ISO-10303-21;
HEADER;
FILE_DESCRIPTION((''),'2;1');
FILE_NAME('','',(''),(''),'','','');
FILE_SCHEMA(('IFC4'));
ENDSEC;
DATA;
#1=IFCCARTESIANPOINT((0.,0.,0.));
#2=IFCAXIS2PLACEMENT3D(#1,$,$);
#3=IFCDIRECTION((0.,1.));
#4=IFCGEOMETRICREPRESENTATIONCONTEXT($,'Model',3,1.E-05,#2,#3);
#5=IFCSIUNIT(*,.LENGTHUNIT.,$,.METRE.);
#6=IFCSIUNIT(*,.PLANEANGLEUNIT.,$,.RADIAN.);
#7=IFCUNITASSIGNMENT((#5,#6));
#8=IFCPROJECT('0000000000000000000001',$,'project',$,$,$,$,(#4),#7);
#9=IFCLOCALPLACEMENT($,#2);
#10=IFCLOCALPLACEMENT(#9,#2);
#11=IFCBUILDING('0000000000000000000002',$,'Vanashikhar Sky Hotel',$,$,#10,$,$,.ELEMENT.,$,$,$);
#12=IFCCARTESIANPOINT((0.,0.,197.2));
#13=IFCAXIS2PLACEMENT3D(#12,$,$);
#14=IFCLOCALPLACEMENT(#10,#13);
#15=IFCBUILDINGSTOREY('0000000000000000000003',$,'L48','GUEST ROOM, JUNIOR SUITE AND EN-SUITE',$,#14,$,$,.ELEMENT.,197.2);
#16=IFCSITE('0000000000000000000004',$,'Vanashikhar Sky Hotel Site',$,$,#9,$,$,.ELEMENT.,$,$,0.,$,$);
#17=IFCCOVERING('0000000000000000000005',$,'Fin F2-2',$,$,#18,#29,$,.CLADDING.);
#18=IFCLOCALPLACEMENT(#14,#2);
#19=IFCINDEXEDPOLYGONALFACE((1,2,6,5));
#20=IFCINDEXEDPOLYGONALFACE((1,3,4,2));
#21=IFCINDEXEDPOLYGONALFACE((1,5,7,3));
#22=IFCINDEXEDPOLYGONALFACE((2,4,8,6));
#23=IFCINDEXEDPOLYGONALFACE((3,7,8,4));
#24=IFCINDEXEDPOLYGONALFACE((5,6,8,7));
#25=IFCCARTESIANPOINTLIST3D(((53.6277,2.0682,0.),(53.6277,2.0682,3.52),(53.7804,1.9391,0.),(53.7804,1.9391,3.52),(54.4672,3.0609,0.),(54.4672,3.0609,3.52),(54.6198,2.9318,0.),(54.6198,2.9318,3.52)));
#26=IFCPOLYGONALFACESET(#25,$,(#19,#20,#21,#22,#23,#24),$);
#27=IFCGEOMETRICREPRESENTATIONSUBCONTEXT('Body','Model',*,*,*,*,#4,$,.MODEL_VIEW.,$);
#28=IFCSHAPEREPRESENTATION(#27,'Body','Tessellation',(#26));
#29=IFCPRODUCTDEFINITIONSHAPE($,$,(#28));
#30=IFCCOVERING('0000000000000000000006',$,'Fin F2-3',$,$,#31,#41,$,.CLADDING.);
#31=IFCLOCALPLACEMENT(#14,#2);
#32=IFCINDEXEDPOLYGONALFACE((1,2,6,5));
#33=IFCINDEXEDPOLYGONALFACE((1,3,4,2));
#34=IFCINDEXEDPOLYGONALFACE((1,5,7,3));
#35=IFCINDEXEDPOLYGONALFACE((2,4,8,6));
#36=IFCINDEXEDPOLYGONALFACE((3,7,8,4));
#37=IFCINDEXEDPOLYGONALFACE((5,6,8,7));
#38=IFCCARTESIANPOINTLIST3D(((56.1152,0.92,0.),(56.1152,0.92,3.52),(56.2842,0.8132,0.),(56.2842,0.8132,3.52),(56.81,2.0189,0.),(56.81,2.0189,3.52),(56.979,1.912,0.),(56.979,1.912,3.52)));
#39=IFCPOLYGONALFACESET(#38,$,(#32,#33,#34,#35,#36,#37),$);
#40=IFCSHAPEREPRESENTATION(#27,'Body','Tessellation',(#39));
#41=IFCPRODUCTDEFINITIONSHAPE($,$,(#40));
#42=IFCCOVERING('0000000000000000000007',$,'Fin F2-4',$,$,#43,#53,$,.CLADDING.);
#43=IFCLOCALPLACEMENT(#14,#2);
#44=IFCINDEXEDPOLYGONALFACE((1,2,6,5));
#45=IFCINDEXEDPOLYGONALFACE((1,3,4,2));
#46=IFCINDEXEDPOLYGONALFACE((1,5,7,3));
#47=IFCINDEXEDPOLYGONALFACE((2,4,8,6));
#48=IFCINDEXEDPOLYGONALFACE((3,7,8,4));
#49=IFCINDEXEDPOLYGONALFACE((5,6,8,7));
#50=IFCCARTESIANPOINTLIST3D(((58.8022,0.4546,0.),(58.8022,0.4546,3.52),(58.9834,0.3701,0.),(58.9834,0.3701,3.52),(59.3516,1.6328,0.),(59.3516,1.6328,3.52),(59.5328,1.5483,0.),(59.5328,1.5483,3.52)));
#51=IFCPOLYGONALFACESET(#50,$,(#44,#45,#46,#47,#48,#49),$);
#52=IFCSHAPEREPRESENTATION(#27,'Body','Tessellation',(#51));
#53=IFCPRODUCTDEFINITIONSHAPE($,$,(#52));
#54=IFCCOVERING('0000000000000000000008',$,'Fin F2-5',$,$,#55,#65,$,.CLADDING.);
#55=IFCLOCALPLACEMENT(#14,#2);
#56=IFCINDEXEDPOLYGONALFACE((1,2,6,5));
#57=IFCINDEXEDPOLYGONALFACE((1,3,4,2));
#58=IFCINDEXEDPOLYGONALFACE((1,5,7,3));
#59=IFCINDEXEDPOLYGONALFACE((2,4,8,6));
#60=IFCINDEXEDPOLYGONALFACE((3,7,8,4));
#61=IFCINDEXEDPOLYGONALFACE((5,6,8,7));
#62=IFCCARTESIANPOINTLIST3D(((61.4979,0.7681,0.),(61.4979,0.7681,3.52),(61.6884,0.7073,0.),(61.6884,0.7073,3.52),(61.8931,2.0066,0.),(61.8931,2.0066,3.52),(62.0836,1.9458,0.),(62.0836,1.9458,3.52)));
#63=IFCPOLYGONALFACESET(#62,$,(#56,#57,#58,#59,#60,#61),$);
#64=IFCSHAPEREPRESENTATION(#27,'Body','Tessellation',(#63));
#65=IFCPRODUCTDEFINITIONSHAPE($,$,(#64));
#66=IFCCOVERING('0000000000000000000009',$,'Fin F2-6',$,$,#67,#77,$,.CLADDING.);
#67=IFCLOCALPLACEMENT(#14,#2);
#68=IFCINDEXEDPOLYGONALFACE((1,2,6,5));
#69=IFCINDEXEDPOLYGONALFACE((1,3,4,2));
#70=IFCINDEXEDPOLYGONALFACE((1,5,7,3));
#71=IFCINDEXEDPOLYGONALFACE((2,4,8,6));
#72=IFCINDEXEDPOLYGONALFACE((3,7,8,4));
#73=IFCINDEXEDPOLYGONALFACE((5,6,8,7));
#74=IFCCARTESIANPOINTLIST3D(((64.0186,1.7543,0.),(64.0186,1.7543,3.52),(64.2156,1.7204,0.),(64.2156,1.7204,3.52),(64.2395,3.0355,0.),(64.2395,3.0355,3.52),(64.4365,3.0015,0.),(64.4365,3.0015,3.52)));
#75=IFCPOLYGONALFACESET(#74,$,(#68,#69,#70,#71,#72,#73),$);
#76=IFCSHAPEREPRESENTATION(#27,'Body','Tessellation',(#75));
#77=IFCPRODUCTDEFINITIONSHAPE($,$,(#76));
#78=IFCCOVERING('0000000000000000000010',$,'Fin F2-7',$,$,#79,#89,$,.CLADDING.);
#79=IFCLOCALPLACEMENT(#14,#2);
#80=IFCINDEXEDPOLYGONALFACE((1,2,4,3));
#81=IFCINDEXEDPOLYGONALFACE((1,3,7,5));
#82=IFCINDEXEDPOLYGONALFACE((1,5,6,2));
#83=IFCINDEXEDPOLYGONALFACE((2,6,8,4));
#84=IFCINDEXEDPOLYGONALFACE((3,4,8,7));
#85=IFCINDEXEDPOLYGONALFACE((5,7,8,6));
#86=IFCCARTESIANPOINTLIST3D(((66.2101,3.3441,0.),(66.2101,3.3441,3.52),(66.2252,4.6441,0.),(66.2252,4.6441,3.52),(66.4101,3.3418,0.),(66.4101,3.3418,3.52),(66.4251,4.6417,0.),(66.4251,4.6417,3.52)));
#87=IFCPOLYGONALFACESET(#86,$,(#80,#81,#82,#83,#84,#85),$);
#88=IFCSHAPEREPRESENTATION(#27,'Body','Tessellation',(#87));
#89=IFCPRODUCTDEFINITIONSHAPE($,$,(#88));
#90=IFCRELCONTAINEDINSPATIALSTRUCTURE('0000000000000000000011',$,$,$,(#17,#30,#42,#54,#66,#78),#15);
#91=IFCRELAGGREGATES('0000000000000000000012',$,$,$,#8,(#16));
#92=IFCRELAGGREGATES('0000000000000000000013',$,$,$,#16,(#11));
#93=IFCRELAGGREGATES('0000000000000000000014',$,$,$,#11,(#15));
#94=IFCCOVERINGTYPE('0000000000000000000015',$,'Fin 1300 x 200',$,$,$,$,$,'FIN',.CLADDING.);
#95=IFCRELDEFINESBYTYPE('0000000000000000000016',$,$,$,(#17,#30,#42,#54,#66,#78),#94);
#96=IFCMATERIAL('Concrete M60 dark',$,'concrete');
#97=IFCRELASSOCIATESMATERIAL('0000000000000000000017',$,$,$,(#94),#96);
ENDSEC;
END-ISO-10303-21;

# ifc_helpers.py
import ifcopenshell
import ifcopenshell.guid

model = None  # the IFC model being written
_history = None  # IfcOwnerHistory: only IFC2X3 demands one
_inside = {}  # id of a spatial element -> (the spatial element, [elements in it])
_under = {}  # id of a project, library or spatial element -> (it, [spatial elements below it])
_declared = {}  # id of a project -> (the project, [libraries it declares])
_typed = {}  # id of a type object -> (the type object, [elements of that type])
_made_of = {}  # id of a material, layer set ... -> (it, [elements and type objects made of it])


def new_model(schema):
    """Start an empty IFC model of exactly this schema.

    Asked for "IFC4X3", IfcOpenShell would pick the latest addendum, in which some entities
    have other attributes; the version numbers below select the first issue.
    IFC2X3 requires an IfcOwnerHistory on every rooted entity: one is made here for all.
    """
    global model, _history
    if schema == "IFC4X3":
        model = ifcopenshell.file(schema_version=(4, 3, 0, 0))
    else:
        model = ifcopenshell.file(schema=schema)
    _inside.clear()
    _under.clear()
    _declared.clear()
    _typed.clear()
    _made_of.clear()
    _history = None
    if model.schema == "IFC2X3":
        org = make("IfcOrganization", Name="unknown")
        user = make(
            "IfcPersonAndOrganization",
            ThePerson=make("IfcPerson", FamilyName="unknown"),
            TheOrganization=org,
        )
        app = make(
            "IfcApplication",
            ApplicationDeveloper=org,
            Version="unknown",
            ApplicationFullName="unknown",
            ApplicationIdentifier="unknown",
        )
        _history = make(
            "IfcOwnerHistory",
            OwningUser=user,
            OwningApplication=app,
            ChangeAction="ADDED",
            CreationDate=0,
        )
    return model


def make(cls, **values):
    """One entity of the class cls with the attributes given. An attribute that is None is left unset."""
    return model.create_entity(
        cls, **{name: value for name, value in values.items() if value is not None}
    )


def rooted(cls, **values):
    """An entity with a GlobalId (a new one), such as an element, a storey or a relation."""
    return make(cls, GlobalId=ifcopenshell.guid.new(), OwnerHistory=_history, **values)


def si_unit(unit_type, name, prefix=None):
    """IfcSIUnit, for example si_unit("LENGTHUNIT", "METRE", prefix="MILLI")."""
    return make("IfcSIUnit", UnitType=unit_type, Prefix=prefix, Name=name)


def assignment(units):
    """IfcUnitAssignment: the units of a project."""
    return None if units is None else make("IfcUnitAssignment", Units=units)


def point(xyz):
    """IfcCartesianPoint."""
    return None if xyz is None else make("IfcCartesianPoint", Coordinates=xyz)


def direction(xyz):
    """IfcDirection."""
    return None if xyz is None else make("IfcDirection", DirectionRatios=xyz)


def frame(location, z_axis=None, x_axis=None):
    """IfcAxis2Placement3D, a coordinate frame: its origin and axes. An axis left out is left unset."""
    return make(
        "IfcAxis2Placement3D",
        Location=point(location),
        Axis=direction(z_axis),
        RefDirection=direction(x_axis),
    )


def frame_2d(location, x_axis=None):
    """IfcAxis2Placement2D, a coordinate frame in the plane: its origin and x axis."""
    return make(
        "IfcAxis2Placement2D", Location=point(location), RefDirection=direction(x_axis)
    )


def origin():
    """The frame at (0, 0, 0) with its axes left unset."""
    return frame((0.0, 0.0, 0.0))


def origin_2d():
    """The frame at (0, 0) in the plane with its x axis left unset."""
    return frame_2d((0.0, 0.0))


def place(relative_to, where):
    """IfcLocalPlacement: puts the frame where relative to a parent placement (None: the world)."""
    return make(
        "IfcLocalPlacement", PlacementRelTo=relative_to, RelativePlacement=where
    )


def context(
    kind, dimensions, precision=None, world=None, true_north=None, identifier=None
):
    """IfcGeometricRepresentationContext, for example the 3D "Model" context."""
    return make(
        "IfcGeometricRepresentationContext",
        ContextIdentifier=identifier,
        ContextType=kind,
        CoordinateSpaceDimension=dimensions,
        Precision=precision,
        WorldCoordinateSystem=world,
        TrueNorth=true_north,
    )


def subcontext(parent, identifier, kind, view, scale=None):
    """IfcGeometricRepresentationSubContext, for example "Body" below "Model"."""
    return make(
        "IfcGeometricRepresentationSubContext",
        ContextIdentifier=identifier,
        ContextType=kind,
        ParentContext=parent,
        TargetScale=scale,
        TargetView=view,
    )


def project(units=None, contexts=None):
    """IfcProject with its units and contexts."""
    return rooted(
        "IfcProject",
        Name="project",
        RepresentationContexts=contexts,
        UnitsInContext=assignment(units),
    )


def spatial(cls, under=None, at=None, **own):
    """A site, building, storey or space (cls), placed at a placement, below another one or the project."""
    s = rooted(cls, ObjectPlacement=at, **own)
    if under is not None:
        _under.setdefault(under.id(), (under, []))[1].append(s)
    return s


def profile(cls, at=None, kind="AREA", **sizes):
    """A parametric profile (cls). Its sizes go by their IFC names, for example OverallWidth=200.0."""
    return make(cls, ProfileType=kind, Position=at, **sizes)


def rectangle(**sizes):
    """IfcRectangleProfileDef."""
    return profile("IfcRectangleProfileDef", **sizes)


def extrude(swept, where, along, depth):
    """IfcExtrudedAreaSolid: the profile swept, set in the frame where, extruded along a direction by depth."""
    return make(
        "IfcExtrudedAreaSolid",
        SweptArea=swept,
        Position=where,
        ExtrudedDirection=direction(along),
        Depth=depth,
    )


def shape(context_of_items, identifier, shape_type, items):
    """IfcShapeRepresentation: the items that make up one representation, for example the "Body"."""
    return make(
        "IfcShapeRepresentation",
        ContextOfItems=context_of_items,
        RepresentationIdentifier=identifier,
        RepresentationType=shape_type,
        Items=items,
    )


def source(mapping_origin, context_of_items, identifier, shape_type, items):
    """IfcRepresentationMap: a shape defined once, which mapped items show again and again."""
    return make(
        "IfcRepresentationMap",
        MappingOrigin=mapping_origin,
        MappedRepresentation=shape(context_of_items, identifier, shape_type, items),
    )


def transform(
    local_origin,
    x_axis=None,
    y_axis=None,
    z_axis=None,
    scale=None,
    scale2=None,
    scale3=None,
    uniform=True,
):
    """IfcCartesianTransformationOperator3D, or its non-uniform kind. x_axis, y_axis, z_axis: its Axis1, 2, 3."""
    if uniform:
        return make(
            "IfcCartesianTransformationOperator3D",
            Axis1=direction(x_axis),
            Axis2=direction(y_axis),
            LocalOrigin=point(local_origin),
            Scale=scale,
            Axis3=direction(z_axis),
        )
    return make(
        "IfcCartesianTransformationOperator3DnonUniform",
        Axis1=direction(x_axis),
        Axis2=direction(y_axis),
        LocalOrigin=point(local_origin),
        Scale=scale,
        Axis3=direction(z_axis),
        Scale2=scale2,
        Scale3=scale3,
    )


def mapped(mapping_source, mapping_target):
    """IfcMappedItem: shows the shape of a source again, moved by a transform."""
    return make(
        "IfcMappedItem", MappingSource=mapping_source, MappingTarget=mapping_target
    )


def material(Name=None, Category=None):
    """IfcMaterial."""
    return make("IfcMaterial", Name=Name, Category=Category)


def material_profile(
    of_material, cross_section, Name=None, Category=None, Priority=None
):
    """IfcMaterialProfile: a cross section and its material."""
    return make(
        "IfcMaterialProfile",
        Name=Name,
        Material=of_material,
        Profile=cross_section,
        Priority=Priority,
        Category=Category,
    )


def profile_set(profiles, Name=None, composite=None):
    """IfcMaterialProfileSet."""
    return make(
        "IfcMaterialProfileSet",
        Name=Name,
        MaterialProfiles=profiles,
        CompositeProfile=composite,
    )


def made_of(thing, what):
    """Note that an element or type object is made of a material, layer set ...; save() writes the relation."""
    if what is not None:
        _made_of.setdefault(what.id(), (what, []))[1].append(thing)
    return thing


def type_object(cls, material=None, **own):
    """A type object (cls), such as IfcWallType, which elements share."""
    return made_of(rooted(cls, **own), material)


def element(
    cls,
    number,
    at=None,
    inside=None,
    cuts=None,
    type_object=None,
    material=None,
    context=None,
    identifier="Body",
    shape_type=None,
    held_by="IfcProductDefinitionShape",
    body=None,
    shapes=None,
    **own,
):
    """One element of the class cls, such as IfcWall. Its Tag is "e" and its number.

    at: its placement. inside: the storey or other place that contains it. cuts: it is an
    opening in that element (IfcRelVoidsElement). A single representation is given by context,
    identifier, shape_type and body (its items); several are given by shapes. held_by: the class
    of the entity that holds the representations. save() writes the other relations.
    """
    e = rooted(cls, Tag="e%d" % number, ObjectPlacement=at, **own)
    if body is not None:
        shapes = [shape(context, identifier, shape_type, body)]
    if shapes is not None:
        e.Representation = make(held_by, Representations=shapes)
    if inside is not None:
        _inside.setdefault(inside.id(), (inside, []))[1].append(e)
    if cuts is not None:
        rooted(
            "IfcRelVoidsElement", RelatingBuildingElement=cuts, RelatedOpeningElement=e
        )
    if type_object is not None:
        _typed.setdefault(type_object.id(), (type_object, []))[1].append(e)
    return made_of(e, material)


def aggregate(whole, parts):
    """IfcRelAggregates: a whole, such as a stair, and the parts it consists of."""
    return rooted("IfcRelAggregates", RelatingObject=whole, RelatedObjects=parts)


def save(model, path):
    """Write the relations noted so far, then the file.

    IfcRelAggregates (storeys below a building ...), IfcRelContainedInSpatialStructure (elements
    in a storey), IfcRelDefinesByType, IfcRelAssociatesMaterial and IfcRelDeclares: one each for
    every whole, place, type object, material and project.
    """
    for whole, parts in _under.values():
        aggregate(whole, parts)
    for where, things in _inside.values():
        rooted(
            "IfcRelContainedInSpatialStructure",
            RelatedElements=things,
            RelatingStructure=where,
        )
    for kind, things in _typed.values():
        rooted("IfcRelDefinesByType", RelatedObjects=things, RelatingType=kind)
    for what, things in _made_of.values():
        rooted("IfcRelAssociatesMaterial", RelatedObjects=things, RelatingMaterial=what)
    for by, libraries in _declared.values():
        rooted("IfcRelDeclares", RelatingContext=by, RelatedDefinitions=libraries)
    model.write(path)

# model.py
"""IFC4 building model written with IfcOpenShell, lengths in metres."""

from ifc_helpers import new_model, si_unit, direction, frame, origin, origin_2d, place, context, subcontext, project, spatial, rectangle, extrude, source, transform, mapped, material, material_profile, profile_set, type_object, element, save


model = new_model("IFC4")

# Units and contexts
model_context = context("Model", 3, precision=1e-05, world=origin(), true_north=direction((0.0, 1.0)))
body_context = subcontext(model_context, "Body", "Model", "MODEL_VIEW")
ifc_project = project(units=[si_unit("LENGTHUNIT", "METRE"), si_unit("PLANEANGLEUNIT", "RADIAN")], contexts=[model_context])

# Site, building, storey
site_placement = place(None, origin())
site = spatial("IfcSite", under=ifc_project, at=site_placement, Name="Vanashikhar Sky Hotel Site", CompositionType="ELEMENT", RefElevation=0.0)
building_placement = place(site_placement, origin())
building = spatial("IfcBuilding", under=site, at=building_placement, Name="Vanashikhar Sky Hotel", CompositionType="ELEMENT")
storey_placement = place(building_placement, frame((0.0, 0.0, 197.2)))
storey = spatial("IfcBuildingStorey", under=building, at=storey_placement, Name="L48", Description="GUEST ROOM, JUNIOR SUITE AND EN-SUITE", CompositionType="ELEMENT", Elevation=197.2)

# Coverings
ifc_material_1 = material(Name="Concrete M60 dark", Category="concrete")
ifc_material_profile = material_profile(ifc_material_1, rectangle(XDim=1.3, YDim=0.2, at=origin_2d()))
ifc_profile_set = profile_set([ifc_material_profile], Name="Fin 1300 x 200")
covering_type = type_object("IfcCoveringType", Name="Fin 1300 x 200", ElementType="FIN", PredefinedType="CLADDING", material=ifc_profile_set)
shared_shape_1 = source(origin(), body_context, "Body", "SweptSolid", [
    extrude(rectangle(XDim=1.3, YDim=0.2, at=origin_2d()), origin(), (0.0, 0.0, 1.0), 3.52),
])
for number, where, z_axis, x_axis, name in (
    (1, (54.1238, 2.5, 0.0), (0.0, 0.0, 1.0), (-0.645698, -0.763593, 0.0), "Fin F2-2"),
    (2, (56.5471, 1.416, 0.0), (0.0, 0.0, 1.0), (-0.534411, -0.845225, 0.0), "Fin F2-3"),
    (3, (59.1675, 1.0015, 0.0), (0.0, 0.0, 1.0), (-0.422618, -0.906308, 0.0), "Fin F2-4"),
    (4, (61.7908, 1.3569, 0.0), (0.0, 0.0, 1.0), (-0.303967, -0.952683, 0.0), "Fin F2-5"),
    (5, (64.2275, 2.3779, 0.0), (0.0, 0.0, 1.0), (-0.1699, -0.985461, 0.0), "Fin F2-6"),
    (6, (66.3176, 3.9929, 0.0), (0.0, 0.0, 1.0), (-0.011589, -0.999933, 0.0), "Fin F2-7"),
):
    element("IfcCovering", number, at=place(storey_placement, frame(where, z_axis=z_axis, x_axis=x_axis)), inside=storey, type_object=covering_type, Name=name, PredefinedType="CLADDING", context=body_context, shape_type="MappedRepresentation", body=[
        mapped(shared_shape_1, transform((0.0, 0.0, 0.0), scale=1.0)),
    ])

save(model, "model.ifc")
